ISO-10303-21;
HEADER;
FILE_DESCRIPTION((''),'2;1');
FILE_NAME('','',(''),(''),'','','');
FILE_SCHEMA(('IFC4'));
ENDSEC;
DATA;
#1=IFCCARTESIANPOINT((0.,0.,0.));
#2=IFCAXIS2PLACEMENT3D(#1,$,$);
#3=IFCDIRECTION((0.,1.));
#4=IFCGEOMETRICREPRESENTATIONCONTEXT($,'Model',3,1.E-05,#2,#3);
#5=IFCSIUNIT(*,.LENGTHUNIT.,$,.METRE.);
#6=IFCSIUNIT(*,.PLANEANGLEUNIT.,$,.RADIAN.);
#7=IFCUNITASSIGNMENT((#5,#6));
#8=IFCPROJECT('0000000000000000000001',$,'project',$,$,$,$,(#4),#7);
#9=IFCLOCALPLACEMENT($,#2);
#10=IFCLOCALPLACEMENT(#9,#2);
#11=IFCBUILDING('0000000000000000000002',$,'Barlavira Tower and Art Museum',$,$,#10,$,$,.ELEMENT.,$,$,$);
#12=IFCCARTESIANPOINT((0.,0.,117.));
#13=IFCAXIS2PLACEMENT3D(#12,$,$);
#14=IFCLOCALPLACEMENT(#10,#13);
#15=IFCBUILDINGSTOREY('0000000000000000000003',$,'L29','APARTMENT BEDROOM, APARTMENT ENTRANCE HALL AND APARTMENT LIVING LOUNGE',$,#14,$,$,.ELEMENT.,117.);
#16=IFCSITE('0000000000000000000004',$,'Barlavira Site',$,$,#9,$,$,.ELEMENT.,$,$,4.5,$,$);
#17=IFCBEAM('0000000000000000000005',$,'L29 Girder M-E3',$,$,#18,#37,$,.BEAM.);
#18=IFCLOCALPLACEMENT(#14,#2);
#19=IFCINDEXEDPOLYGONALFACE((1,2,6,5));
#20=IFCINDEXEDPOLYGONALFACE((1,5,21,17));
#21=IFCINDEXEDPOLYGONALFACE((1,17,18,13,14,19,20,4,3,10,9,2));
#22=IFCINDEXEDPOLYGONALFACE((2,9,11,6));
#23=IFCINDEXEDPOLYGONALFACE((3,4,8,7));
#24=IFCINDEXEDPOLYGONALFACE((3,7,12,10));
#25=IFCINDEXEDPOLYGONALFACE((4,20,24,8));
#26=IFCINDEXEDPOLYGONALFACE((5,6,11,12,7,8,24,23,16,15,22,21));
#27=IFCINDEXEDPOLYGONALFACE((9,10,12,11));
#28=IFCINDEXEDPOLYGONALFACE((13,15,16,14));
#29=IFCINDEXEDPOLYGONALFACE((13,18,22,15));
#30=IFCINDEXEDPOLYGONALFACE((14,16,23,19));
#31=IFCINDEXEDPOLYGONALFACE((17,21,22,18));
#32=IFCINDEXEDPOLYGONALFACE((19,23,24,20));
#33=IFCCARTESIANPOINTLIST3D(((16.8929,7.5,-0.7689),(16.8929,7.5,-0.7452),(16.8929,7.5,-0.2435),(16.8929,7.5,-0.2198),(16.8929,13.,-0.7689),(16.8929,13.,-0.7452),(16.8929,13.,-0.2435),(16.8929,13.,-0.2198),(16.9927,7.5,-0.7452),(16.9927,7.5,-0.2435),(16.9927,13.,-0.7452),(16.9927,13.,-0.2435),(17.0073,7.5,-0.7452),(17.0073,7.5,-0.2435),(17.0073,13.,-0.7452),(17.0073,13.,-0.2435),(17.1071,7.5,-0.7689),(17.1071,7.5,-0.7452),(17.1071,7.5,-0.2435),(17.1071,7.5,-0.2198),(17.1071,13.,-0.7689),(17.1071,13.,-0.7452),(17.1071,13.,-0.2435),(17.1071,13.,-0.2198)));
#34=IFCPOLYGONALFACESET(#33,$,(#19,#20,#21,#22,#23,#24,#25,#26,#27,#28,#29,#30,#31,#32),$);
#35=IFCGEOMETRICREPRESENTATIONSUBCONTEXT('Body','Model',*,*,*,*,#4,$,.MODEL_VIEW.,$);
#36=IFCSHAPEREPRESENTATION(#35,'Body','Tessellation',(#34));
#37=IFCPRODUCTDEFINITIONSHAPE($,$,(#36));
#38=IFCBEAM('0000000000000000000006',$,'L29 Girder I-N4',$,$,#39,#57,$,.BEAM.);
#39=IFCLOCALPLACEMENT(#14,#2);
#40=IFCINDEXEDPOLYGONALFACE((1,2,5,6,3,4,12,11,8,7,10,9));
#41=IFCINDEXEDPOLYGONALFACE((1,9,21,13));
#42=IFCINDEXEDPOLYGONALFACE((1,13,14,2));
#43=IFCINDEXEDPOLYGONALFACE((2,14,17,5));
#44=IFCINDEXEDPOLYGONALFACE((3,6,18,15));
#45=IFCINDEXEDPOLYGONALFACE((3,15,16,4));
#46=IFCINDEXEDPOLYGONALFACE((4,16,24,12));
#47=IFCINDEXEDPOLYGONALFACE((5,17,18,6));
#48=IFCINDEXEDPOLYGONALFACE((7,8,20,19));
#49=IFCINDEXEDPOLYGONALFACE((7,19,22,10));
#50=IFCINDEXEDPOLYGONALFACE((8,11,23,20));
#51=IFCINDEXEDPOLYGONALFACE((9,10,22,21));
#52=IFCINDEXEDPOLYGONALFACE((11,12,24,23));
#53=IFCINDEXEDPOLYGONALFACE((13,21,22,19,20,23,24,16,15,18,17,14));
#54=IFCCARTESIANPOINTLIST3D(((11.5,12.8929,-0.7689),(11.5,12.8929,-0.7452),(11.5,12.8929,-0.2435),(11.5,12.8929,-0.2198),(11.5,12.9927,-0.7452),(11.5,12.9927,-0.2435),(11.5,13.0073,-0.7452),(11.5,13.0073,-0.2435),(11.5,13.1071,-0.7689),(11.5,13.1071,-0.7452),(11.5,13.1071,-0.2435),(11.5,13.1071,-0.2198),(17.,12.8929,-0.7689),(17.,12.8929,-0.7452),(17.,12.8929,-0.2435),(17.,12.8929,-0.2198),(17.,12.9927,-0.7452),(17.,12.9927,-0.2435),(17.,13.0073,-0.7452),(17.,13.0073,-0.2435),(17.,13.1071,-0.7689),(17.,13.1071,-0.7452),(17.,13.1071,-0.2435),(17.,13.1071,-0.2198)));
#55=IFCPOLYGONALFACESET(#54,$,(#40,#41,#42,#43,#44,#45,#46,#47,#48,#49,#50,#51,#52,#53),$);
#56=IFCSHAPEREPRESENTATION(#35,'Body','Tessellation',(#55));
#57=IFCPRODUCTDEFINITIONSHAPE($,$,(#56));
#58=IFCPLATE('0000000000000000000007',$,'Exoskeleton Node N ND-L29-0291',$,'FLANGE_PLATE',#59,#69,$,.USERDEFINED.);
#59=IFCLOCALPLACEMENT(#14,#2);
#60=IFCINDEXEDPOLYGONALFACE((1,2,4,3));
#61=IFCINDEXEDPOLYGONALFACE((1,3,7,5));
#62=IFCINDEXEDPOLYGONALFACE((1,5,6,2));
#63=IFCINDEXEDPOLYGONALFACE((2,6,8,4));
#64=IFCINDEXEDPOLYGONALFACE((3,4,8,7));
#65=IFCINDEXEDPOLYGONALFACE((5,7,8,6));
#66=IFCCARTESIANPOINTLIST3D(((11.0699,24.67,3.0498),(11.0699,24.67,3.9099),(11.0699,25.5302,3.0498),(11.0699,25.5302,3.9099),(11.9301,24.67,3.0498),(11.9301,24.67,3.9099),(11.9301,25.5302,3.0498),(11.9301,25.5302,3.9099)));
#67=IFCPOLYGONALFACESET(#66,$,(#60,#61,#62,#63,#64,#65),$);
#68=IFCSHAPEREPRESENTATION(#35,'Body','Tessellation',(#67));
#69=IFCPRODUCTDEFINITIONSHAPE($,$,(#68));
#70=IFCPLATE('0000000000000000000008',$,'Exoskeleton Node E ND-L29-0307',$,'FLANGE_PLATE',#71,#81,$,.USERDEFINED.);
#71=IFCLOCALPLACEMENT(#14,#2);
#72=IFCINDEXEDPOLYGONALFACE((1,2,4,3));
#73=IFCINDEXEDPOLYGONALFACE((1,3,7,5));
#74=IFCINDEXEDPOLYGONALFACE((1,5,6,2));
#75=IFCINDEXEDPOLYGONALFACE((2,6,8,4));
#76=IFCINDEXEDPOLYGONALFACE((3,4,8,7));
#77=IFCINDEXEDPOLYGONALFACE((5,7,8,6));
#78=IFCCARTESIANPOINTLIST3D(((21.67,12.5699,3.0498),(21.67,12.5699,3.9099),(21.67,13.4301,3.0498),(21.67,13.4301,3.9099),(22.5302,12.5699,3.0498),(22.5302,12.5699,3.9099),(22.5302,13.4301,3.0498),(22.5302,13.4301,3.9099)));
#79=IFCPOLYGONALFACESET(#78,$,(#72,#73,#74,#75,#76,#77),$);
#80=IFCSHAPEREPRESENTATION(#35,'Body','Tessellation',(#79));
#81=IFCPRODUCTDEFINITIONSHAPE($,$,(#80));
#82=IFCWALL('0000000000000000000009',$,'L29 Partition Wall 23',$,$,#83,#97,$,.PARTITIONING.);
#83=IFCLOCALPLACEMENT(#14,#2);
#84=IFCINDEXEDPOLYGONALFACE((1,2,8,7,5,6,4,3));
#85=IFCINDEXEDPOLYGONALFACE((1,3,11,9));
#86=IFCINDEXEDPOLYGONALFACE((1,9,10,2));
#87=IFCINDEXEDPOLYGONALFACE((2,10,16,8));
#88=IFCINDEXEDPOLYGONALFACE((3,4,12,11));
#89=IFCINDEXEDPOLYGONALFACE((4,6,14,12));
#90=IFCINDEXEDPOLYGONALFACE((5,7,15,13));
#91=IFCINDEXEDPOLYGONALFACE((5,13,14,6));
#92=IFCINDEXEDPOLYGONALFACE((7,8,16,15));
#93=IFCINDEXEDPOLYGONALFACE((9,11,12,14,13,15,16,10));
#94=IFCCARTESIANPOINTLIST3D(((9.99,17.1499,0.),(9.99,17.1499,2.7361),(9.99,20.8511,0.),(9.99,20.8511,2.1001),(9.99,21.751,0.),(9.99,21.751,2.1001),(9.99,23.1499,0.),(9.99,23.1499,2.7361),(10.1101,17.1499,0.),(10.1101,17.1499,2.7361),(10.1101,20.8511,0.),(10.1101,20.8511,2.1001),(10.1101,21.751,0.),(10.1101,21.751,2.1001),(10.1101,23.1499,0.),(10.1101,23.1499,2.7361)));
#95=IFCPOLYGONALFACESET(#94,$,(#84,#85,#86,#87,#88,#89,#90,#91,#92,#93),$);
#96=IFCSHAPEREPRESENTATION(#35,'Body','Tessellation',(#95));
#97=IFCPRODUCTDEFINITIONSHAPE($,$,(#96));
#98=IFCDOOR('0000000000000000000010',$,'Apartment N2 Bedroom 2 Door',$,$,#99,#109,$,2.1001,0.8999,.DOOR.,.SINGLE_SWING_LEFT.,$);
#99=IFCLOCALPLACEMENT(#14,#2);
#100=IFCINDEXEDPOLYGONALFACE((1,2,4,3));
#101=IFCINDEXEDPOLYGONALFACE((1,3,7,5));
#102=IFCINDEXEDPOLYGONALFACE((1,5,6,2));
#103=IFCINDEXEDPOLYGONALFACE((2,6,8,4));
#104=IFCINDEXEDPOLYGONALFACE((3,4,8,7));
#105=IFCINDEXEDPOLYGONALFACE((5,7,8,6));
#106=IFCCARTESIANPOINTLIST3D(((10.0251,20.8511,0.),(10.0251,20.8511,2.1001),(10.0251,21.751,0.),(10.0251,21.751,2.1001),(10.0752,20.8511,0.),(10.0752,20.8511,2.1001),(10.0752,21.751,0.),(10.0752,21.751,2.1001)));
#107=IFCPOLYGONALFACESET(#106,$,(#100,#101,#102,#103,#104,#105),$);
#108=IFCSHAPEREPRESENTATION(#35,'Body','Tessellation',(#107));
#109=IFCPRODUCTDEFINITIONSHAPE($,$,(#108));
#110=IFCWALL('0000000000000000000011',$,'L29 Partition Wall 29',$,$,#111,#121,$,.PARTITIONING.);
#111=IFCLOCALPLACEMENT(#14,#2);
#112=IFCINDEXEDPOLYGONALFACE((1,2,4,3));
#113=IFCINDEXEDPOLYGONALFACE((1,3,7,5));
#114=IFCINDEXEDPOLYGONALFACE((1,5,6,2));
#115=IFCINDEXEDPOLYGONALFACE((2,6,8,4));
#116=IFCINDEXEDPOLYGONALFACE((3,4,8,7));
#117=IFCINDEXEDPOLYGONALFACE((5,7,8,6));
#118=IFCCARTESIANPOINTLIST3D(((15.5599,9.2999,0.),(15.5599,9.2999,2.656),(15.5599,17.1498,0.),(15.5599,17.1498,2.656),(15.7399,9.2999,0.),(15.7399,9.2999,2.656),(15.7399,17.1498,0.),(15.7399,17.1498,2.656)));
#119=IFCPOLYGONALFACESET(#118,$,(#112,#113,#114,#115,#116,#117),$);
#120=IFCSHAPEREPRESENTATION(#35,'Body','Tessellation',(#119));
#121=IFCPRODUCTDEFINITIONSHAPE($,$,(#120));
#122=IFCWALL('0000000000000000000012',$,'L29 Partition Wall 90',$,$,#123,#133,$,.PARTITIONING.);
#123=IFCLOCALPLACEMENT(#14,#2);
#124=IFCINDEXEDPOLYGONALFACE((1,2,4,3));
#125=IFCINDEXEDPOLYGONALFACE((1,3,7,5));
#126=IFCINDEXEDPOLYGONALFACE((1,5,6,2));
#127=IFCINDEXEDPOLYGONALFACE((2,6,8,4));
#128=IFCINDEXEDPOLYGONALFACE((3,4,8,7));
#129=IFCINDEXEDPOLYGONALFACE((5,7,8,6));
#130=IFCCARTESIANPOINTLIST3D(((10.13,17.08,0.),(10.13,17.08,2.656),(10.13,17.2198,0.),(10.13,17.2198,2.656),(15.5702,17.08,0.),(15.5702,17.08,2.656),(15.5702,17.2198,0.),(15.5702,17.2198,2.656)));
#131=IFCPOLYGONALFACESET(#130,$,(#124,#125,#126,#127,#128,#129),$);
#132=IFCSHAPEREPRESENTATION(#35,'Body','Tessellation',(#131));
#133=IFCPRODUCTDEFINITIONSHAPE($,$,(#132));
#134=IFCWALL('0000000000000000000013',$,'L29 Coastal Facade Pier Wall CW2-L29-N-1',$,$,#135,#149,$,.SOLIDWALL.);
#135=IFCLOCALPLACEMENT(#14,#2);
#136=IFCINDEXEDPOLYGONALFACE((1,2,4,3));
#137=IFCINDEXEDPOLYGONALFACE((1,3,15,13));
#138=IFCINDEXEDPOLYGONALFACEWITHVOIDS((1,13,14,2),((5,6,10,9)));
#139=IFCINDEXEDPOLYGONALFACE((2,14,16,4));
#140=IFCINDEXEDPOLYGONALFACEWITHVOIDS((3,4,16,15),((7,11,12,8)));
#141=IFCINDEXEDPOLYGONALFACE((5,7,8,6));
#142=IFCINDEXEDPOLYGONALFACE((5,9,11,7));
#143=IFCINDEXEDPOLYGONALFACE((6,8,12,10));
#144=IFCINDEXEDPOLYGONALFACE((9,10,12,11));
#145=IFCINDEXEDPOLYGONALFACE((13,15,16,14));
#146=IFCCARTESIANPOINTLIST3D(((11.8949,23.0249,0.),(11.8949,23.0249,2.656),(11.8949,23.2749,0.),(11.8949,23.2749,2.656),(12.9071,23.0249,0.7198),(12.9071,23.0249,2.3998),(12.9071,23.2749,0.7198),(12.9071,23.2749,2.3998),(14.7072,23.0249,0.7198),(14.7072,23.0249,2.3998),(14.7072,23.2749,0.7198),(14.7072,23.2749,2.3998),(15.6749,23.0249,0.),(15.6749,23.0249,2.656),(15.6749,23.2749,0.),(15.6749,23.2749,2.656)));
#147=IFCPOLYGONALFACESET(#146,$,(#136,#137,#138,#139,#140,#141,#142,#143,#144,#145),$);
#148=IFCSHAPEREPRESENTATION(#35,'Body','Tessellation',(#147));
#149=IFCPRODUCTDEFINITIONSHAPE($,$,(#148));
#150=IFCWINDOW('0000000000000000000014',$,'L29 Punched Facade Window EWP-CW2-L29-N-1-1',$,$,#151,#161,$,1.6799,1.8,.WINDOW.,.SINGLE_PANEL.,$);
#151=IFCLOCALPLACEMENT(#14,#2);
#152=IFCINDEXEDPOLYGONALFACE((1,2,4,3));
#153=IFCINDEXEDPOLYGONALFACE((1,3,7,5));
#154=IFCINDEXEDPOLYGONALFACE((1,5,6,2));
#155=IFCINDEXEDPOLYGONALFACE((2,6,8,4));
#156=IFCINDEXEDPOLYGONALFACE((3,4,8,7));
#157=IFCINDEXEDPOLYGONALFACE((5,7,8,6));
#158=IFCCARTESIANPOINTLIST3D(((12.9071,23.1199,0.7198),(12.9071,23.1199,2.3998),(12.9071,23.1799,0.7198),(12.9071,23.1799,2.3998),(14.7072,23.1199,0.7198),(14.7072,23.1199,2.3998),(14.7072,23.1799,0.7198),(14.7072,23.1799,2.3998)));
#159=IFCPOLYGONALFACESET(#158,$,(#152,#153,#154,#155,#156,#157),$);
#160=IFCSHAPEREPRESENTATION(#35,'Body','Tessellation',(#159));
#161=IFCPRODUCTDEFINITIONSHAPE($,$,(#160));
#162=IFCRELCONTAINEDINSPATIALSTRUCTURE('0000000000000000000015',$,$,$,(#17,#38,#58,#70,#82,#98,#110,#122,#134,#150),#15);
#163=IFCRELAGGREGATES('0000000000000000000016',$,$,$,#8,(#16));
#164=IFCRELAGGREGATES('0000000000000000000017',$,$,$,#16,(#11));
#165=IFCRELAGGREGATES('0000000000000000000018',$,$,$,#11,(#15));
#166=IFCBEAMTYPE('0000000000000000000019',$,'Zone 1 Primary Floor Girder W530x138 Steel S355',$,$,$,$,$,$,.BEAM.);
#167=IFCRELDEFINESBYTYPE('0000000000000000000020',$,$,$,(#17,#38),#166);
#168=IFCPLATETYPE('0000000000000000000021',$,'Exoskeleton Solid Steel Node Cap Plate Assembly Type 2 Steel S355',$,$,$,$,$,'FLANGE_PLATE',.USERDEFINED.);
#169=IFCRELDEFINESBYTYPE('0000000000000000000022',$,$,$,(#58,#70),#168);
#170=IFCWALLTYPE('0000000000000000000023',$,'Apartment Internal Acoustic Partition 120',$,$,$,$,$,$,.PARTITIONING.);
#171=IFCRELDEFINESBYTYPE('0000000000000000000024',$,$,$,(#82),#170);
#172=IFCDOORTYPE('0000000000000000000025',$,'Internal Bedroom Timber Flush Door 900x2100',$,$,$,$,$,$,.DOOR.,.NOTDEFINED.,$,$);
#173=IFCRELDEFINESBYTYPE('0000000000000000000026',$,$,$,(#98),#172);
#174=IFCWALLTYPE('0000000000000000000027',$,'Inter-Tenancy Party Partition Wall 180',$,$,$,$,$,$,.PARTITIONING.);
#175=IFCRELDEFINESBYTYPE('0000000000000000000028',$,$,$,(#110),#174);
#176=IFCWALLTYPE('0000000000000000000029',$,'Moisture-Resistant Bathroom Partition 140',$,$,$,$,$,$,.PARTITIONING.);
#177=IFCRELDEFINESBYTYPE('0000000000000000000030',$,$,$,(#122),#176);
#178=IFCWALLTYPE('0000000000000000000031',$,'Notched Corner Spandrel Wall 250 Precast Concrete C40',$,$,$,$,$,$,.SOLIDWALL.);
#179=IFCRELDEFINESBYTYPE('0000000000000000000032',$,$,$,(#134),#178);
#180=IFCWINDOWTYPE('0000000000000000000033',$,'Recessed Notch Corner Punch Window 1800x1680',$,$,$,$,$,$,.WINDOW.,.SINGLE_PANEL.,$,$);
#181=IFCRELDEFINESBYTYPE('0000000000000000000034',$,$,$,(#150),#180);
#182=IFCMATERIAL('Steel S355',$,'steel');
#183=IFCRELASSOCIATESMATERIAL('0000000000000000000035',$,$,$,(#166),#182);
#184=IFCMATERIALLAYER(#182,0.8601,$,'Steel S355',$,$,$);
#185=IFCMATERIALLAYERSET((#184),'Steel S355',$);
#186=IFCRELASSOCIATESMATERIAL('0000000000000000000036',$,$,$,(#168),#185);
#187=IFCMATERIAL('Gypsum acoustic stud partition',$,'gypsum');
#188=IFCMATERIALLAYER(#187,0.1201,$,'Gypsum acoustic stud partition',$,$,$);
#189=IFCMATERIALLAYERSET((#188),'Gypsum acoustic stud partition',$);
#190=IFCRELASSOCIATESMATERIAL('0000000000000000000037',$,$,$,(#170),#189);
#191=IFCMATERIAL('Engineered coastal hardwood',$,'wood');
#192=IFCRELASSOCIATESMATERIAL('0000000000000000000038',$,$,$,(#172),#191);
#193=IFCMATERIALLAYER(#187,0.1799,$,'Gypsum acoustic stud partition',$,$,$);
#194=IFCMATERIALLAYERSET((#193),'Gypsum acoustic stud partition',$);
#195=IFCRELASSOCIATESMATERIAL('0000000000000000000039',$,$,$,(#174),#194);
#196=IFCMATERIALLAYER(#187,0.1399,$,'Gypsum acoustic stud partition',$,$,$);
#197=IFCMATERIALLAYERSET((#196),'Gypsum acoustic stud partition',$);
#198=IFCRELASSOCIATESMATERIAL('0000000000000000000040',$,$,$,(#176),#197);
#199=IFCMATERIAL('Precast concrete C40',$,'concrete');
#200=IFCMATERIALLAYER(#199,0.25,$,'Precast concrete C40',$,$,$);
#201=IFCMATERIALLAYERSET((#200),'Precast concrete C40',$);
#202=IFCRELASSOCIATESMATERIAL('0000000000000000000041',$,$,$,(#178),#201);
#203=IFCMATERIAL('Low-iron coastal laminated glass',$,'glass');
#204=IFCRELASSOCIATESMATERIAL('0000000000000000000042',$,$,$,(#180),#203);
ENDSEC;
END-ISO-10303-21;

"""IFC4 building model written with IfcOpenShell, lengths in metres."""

from ifc_helpers import new_model, si_unit, direction, frame, frame_2d, origin, origin_2d, place, context, subcontext, project, spatial, rectangle, i_section, extrude, material, layer, layer_set, material_profile, profile_set, type_object, element, fill, save


model = new_model("IFC4")

# Units and contexts
model_context = context("Model", 3, precision=1e-05, world=origin(), true_north=direction((0.0, 1.0)))
body_context = subcontext(model_context, "Body", "Model", "MODEL_VIEW")
ifc_project = project(units=[si_unit("LENGTHUNIT", "METRE"), si_unit("PLANEANGLEUNIT", "RADIAN")], contexts=[model_context])

# Site, building, storey
site_placement = place(None, origin())
site = spatial("IfcSite", under=ifc_project, at=site_placement, Name="Barlavira Site", CompositionType="ELEMENT", RefElevation=4.5)
building_placement = place(site_placement, origin())
building = spatial("IfcBuilding", under=site, at=building_placement, Name="Barlavira Tower and Art Museum", CompositionType="ELEMENT")
storey_placement = place(building_placement, frame((0.0, 0.0, 117.0)))
storey = spatial("IfcBuildingStorey", under=building, at=storey_placement, Name="L29", Description="APARTMENT BEDROOM, APARTMENT ENTRANCE HALL AND APARTMENT LIVING LOUNGE", CompositionType="ELEMENT", Elevation=117.0)

# Beams
ifc_material_1 = material(Name="Steel S355", Category="steel")
ifc_material_profile_1 = material_profile(ifc_material_1, i_section(OverallWidth=0.2141, OverallDepth=0.5491, WebThickness=0.0146, FlangeThickness=0.0237, at=origin_2d()), Name="W530x138.0")
ifc_profile_set_1 = profile_set([ifc_material_profile_1], Name="Steel S355")
beam_type_1 = type_object("IfcBeamType", Name="Zone 1 Primary Floor Girder W530x138 Steel S355", PredefinedType="BEAM", material=ifc_profile_set_1)
for number, where, z_axis, x_axis, name in (
    (1, (17.0, 7.5, -0.4944), (0.0, 1.0, 0.0), (-1.0, 0.0, 0.0), "L29 Girder M-E3"),
    (2, (11.5, 13.0, -0.4944), (1.0, 0.0, 0.0), (0.0, 1.0, 0.0), "L29 Girder I-N4"),
):
    element("IfcBeam", number, at=place(storey_placement, frame(where, z_axis=z_axis, x_axis=x_axis)), inside=storey, type_object=beam_type_1, Name=name, PredefinedType="BEAM", context=body_context, shape_type="SweptSolid", body=[
        extrude(i_section(OverallWidth=0.2141, OverallDepth=0.5491, WebThickness=0.0146, FlangeThickness=0.0237, at=origin_2d()), origin(), (0.0, 0.0, 1.0), 5.5),
    ])

# Plates
ifc_layer_1 = layer(ifc_material_1, 0.8601, Name="Steel S355")
ifc_layer_set_1 = layer_set([ifc_layer_1], Name="Steel S355")
plate_type = type_object("IfcPlateType", Name="Exoskeleton Solid Steel Node Cap Plate Assembly Type 2 Steel S355", ElementType="FLANGE_PLATE", PredefinedType="USERDEFINED", material=ifc_layer_set_1)
for number, where, z_axis, x_axis, name in (
    (3, (11.5, 25.1001, 3.0498), (0.0, 0.0, 1.0), (1.0, 0.0, 0.0), "Exoskeleton Node N ND-L29-0291"),
    (4, (22.1001, 13.0, 3.0498), (0.0, 0.0, 1.0), (1.0, 0.0, 0.0), "Exoskeleton Node E ND-L29-0307"),
):
    element("IfcPlate", number, at=place(storey_placement, frame(where, z_axis=z_axis, x_axis=x_axis)), inside=storey, type_object=plate_type, Name=name, ObjectType="FLANGE_PLATE", PredefinedType="USERDEFINED", context=body_context, shape_type="SweptSolid", body=[
        extrude(rectangle(XDim=0.8601, YDim=0.8601, at=origin_2d()), origin(), (0.0, 0.0, 1.0), 0.8601),
    ])

# Wall, opening, door
ifc_material_2 = material(Name="Gypsum acoustic stud partition", Category="gypsum")
ifc_layer_2 = layer(ifc_material_2, 0.1201, Name="Gypsum acoustic stud partition")
ifc_layer_set_2 = layer_set([ifc_layer_2], Name="Gypsum acoustic stud partition")
wall_type_1 = type_object("IfcWallType", Name="Apartment Internal Acoustic Partition 120", PredefinedType="PARTITIONING", material=ifc_layer_set_2)
wall_1_placement = place(storey_placement, frame((10.05, 17.1499, 0.0), z_axis=(0.0, 0.0, 1.0), x_axis=(0.0, 1.0, 0.0)))
wall_1 = element("IfcWall", 5, at=wall_1_placement, inside=storey, type_object=wall_type_1, Name="L29 Partition Wall 23", PredefinedType="PARTITIONING", context=body_context, shape_type="SweptSolid", body=[
    extrude(rectangle(XDim=6.0, YDim=0.1201, at=frame_2d((3.0, 0.0))), origin(), (0.0, 0.0, 1.0), 2.7361),
])
opening_1_placement = place(wall_1_placement, frame((3.7012, 0.0, 0.0)))
opening_1 = element("IfcOpeningElement", 6, at=opening_1_placement, cuts=wall_1, PredefinedType="OPENING", context=body_context, shape_type="SweptSolid", body=[
    extrude(rectangle(XDim=0.8999, YDim=2.1001, at=frame_2d((0.45, 1.05))), frame((0.0, 0.0701, 0.0), z_axis=(0.0, -1.0, 0.0), x_axis=(1.0, 0.0, 0.0)), (0.0, 0.0, 1.0), 0.1401),
])
ifc_material_3 = material(Name="Engineered coastal hardwood", Category="wood")
door_type = type_object("IfcDoorType", Name="Internal Bedroom Timber Flush Door 900x2100", OperationType="NOTDEFINED", PredefinedType="DOOR", material=ifc_material_3)
door_placement = place(opening_1_placement, origin())
door = element("IfcDoor", 7, at=door_placement, inside=storey, type_object=door_type, Name="Apartment N2 Bedroom 2 Door", OperationType="SINGLE_SWING_LEFT", OverallHeight=2.1001, OverallWidth=0.8999, PredefinedType="DOOR", context=body_context, shape_type="SweptSolid", body=[
    extrude(rectangle(XDim=0.8999, YDim=2.1001, at=frame_2d((0.45, 1.05))), frame((0.0, 0.0249, 0.0), z_axis=(0.0, -1.0, 0.0), x_axis=(1.0, 0.0, 0.0)), (0.0, 0.0, 1.0), 0.05),
])
fill(opening_1, door)

# Walls
ifc_layer_3 = layer(ifc_material_2, 0.1799, Name="Gypsum acoustic stud partition")
ifc_layer_set_3 = layer_set([ifc_layer_3], Name="Gypsum acoustic stud partition")
wall_type_2 = type_object("IfcWallType", Name="Inter-Tenancy Party Partition Wall 180", PredefinedType="PARTITIONING", material=ifc_layer_set_3)
wall_2_placement = place(storey_placement, frame((15.6499, 9.3, 0.0), z_axis=(0.0, 0.0, 1.0), x_axis=(0.0, 1.0, 0.0)))
element("IfcWall", 8, at=wall_2_placement, inside=storey, type_object=wall_type_2, Name="L29 Partition Wall 29", PredefinedType="PARTITIONING", context=body_context, shape_type="SweptSolid", body=[
    extrude(rectangle(XDim=7.8499, YDim=0.1799, at=frame_2d((3.9248, 0.0))), origin(), (0.0, 0.0, 1.0), 2.656),
])
ifc_layer_4 = layer(ifc_material_2, 0.1399, Name="Gypsum acoustic stud partition")
ifc_layer_set_4 = layer_set([ifc_layer_4], Name="Gypsum acoustic stud partition")
wall_type_3 = type_object("IfcWallType", Name="Moisture-Resistant Bathroom Partition 140", PredefinedType="PARTITIONING", material=ifc_layer_set_4)
wall_3_placement = place(storey_placement, frame((10.1299, 17.1499, 0.0), z_axis=(0.0, 0.0, 1.0), x_axis=(1.0, 0.0, 0.0)))
element("IfcWall", 9, at=wall_3_placement, inside=storey, type_object=wall_type_3, Name="L29 Partition Wall 90", PredefinedType="PARTITIONING", context=body_context, shape_type="SweptSolid", body=[
    extrude(rectangle(XDim=5.4402, YDim=0.1399, at=frame_2d((2.7202, 0.0))), origin(), (0.0, 0.0, 1.0), 2.656),
])

# Wall, opening, window
ifc_material_4 = material(Name="Precast concrete C40", Category="concrete")
ifc_layer_5 = layer(ifc_material_4, 0.25, Name="Precast concrete C40")
ifc_layer_set_5 = layer_set([ifc_layer_5], Name="Precast concrete C40")
wall_type_4 = type_object("IfcWallType", Name="Notched Corner Spandrel Wall 250 Precast Concrete C40", PredefinedType="SOLIDWALL", material=ifc_layer_set_5)
wall_4_placement = place(storey_placement, frame((15.675, 23.1499, 0.0), z_axis=(0.0, 0.0, 1.0), x_axis=(-1.0, 0.0, 0.0)))
wall_4 = element("IfcWall", 10, at=wall_4_placement, inside=storey, type_object=wall_type_4, Name="L29 Coastal Facade Pier Wall CW2-L29-N-1", PredefinedType="SOLIDWALL", context=body_context, shape_type="SweptSolid", body=[
    extrude(rectangle(XDim=3.78, YDim=0.25, at=frame_2d((1.8901, 0.0))), origin(), (0.0, 0.0, 1.0), 2.656),
])
opening_2_placement = place(wall_4_placement, frame((0.968, 0.0, 0.72)))
opening_2 = element("IfcOpeningElement", 11, at=opening_2_placement, cuts=wall_4, PredefinedType="OPENING", context=body_context, shape_type="SweptSolid", body=[
    extrude(rectangle(XDim=1.8, YDim=1.6799, at=frame_2d((0.8999, 0.8398))), frame((0.0, 0.135, 0.0), z_axis=(0.0, -1.0, 0.0), x_axis=(1.0, 0.0, 0.0)), (0.0, 0.0, 1.0), 0.27),
])
ifc_material_5 = material(Name="Low-iron coastal laminated glass", Category="glass")
window_type = type_object("IfcWindowType", Name="Recessed Notch Corner Punch Window 1800x1680", PartitioningType="SINGLE_PANEL", PredefinedType="WINDOW", material=ifc_material_5)
window_1_placement = place(opening_2_placement, origin())
window_1 = element("IfcWindow", 12, at=window_1_placement, inside=storey, type_object=window_type, Name="L29 Punched Facade Window EWP-CW2-L29-N-1-1", OverallHeight=1.6799, OverallWidth=1.8, PartitioningType="SINGLE_PANEL", PredefinedType="WINDOW", context=body_context, shape_type="SweptSolid", body=[
    extrude(rectangle(XDim=1.8, YDim=1.6799, at=frame_2d((0.8999, 0.8398))), frame((0.0, 0.03, 0.0), z_axis=(0.0, -1.0, 0.0), x_axis=(1.0, 0.0, 0.0)), (0.0, 0.0, 1.0), 0.0601),
])
fill(opening_2, window_1)

save(model, "model.ifc")
